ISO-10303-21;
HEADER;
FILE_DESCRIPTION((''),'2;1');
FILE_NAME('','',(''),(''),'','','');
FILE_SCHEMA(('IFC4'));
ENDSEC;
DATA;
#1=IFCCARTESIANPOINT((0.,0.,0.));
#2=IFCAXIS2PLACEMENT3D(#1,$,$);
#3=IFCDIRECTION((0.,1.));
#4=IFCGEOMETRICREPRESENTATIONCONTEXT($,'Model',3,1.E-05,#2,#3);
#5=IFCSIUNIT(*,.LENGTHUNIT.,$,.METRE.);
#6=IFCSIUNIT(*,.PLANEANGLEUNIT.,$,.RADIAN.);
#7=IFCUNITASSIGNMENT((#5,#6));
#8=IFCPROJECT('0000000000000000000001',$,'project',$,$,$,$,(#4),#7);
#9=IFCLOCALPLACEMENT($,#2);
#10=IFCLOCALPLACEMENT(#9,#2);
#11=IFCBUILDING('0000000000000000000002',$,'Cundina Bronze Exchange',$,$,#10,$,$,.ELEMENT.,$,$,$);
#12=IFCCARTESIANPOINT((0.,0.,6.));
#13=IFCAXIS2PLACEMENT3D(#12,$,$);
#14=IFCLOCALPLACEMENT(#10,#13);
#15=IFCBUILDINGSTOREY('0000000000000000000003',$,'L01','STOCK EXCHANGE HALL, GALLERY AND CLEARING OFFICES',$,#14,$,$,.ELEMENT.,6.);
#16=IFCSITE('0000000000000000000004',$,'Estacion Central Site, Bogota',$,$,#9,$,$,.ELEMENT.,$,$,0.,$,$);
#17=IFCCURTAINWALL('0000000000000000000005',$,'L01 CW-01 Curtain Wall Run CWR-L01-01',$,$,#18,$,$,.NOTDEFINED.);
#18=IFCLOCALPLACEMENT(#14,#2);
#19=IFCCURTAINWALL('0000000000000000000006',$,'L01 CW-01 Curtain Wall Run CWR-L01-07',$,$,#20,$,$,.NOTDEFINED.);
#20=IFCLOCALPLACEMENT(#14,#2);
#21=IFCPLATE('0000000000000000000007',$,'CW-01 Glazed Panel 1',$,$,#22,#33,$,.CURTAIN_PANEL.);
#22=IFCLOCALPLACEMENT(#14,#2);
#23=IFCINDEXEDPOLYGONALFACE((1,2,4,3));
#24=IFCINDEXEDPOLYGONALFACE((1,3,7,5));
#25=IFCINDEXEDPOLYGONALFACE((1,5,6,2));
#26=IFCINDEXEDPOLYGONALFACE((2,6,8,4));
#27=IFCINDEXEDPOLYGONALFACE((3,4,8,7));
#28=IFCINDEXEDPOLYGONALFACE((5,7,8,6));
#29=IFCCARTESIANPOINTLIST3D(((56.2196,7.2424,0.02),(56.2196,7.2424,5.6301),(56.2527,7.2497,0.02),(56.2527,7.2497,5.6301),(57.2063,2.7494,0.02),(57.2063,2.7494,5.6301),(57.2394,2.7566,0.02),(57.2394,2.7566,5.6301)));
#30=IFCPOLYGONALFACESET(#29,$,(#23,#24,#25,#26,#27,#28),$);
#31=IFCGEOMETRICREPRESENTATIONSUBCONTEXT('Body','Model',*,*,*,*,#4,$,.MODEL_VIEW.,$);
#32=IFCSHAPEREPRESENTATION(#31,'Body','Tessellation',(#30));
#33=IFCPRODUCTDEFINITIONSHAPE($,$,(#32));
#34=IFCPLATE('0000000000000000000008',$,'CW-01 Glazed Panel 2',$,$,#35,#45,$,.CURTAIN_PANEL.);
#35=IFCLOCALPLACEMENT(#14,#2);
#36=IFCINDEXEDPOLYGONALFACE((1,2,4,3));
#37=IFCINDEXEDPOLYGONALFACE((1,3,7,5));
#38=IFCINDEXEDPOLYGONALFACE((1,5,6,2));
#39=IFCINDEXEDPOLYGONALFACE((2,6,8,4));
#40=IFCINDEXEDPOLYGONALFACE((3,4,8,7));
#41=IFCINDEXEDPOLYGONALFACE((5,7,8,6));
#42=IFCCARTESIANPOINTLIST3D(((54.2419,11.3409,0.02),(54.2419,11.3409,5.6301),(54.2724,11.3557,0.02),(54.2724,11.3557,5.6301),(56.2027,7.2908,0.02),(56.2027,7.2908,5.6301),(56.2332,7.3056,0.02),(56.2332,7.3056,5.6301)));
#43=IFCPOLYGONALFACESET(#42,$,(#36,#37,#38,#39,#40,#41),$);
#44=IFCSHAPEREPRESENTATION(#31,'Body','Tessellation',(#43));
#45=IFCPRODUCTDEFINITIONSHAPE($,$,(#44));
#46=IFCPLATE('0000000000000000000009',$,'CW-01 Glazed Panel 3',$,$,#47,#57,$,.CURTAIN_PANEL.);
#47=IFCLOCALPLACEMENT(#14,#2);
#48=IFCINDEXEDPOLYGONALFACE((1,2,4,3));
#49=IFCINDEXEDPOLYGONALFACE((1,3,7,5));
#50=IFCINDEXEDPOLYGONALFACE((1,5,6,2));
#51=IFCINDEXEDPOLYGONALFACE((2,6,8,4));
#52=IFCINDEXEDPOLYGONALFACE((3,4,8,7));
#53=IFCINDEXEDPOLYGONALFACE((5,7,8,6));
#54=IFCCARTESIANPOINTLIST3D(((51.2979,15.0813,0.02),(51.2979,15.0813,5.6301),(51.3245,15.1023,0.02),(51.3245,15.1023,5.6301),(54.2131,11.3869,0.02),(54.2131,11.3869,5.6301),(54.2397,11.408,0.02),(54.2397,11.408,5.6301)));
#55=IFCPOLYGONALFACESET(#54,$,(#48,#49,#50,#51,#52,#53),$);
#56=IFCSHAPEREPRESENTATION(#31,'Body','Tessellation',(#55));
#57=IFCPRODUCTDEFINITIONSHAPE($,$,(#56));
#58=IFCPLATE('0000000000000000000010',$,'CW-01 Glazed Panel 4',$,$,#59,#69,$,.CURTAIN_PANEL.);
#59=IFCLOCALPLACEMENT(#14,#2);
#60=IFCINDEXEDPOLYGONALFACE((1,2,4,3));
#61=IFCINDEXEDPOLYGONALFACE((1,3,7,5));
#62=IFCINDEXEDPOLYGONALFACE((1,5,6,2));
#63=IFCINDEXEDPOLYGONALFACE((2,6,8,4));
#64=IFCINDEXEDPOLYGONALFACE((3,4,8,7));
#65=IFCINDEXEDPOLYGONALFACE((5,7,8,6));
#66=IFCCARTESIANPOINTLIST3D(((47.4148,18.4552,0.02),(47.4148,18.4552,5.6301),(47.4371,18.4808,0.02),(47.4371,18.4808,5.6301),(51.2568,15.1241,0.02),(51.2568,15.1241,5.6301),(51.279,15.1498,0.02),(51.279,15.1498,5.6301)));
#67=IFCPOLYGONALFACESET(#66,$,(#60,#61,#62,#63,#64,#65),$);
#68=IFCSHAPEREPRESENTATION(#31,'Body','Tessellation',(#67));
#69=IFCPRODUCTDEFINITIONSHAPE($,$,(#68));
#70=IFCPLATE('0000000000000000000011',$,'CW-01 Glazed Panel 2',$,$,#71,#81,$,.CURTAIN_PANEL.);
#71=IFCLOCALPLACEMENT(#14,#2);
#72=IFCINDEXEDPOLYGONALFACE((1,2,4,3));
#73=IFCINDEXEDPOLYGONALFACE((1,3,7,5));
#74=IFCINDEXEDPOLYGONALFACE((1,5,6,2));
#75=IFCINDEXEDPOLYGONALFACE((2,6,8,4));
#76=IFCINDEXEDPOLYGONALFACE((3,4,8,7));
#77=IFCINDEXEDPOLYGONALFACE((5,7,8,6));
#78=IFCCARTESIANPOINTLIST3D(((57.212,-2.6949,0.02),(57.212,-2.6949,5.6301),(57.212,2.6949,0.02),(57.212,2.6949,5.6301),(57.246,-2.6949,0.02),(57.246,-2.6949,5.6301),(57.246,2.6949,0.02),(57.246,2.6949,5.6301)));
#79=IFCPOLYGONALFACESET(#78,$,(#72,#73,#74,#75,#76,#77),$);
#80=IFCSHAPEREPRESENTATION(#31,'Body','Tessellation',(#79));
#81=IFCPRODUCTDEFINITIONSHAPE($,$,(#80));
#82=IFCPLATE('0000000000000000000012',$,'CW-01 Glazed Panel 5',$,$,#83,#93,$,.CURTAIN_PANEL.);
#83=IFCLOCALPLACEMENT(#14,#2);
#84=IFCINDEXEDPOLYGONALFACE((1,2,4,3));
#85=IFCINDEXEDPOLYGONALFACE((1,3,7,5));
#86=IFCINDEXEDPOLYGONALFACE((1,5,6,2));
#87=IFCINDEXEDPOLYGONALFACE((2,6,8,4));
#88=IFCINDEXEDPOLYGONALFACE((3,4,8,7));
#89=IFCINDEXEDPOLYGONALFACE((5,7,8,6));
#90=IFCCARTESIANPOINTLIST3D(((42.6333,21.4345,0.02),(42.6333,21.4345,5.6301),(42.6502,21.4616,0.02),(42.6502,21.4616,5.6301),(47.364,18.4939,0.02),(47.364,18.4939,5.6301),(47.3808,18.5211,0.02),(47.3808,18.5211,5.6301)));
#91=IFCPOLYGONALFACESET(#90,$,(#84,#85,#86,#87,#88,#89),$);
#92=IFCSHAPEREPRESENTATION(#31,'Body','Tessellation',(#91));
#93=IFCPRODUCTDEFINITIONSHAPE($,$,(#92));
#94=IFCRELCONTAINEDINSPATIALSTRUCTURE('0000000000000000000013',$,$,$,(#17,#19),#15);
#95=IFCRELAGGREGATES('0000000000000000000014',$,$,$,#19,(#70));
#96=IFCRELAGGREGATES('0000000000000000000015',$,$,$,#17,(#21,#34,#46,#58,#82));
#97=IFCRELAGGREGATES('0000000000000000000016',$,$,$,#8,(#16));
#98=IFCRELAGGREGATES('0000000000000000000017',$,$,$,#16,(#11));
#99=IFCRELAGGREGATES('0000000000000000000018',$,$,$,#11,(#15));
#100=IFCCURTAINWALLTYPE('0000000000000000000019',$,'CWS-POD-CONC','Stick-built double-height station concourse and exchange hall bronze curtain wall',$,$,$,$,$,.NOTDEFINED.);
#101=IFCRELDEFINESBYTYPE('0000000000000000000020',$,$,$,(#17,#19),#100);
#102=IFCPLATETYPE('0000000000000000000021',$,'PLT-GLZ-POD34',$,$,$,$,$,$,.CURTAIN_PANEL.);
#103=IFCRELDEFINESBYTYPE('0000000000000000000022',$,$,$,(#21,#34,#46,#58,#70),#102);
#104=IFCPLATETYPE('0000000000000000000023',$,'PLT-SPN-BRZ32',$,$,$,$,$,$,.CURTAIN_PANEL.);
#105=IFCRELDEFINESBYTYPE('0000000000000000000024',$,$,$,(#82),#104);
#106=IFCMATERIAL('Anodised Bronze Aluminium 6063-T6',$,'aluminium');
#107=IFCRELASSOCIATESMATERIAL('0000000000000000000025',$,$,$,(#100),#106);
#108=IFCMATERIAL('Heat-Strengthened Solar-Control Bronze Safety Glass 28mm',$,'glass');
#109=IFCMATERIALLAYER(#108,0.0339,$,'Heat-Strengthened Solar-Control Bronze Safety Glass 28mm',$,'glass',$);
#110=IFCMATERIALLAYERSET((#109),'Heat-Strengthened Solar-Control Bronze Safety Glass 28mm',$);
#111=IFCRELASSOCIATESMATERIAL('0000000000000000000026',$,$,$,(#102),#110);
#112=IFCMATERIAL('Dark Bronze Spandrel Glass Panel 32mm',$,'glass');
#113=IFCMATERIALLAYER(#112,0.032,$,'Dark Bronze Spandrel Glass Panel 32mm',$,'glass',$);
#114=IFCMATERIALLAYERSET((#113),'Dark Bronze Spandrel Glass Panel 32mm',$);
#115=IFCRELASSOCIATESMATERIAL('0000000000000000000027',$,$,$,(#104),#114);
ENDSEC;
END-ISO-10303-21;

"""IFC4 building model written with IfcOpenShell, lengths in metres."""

from ifc_helpers import new_model, si_unit, direction, frame, origin, origin_2d, place, context, subcontext, project, spatial, rectangle, extrude, material, layer, layer_set, type_object, element, aggregate, save


model = new_model("IFC4")

# Units and contexts
model_context = context("Model", 3, precision=1e-05, world=origin(), true_north=direction((0.0, 1.0)))
body_context = subcontext(model_context, "Body", "Model", "MODEL_VIEW")
ifc_project = project(units=[si_unit("LENGTHUNIT", "METRE"), si_unit("PLANEANGLEUNIT", "RADIAN")], contexts=[model_context])

# Site, building, storey
site_placement = place(None, origin())
site = spatial("IfcSite", under=ifc_project, at=site_placement, Name="Estacion Central Site, Bogota", CompositionType="ELEMENT", RefElevation=0.0)
building_placement = place(site_placement, origin())
building = spatial("IfcBuilding", under=site, at=building_placement, Name="Cundina Bronze Exchange", CompositionType="ELEMENT")
storey_placement = place(building_placement, frame((0.0, 0.0, 6.0)))
storey = spatial("IfcBuildingStorey", under=building, at=storey_placement, Name="L01", Description="STOCK EXCHANGE HALL, GALLERY AND CLEARING OFFICES", CompositionType="ELEMENT", Elevation=6.0)

# Curtain walls
ifc_material_1 = material(Name="Anodised Bronze Aluminium 6063-T6", Category="aluminium")
curtain_wall_type = type_object("IfcCurtainWallType", Name="CWS-POD-CONC", Description="Stick-built double-height station concourse and exchange hall bronze curtain wall", PredefinedType="NOTDEFINED", material=ifc_material_1)
curtain_wall_1_placement = place(storey_placement, origin())
curtain_wall_1 = element("IfcCurtainWall", 1, at=curtain_wall_1_placement, inside=storey, type_object=curtain_wall_type, Name="L01 CW-01 Curtain Wall Run CWR-L01-01", PredefinedType="NOTDEFINED")
curtain_wall_2_placement = place(storey_placement, origin())
curtain_wall_2 = element("IfcCurtainWall", 2, at=curtain_wall_2_placement, inside=storey, type_object=curtain_wall_type, Name="L01 CW-01 Curtain Wall Run CWR-L01-07", PredefinedType="NOTDEFINED")

# Plates
ifc_material_2 = material(Name="Heat-Strengthened Solar-Control Bronze Safety Glass 28mm", Category="glass")
ifc_layer_1 = layer(ifc_material_2, 0.0339, Name="Heat-Strengthened Solar-Control Bronze Safety Glass 28mm", Category="glass")
ifc_layer_set_1 = layer_set([ifc_layer_1], Name="Heat-Strengthened Solar-Control Bronze Safety Glass 28mm")
plate_type_1 = type_object("IfcPlateType", Name="PLT-GLZ-POD34", PredefinedType="CURTAIN_PANEL", material=ifc_layer_set_1)
plate_1_placement = place(storey_placement, frame((56.7295, 4.9995, 0.02), z_axis=(0.0, 0.0, 1.0), x_axis=(-0.214497, 0.976725, 0.0)))
plate_1 = element("IfcPlate", 3, at=plate_1_placement, type_object=plate_type_1, Name="CW-01 Glazed Panel 1", PredefinedType="CURTAIN_PANEL", context=body_context, shape_type="SweptSolid", body=[
    extrude(rectangle(XDim=4.6001, YDim=0.0339, at=origin_2d()), origin(), (0.0, 0.0, 1.0), 5.6101),
])
plate_2_placement = place(storey_placement, frame((55.2375, 9.3232, 0.02), z_axis=(0.0, 0.0, 1.0), x_axis=(-0.435765, 0.90006, 0.0)))
plate_2 = element("IfcPlate", 4, at=plate_2_placement, type_object=plate_type_1, Name="CW-01 Glazed Panel 2", PredefinedType="CURTAIN_PANEL", context=body_context, shape_type="SweptSolid", body=[
    extrude(rectangle(XDim=4.4998, YDim=0.0339, at=origin_2d()), origin(), (0.0, 0.0, 1.0), 5.6101),
])
plate_3_placement = place(storey_placement, frame((52.7688, 13.2446, 0.02), z_axis=(0.0, 0.0, 1.0), x_axis=(-0.619464, 0.785025, 0.0)))
plate_3 = element("IfcPlate", 5, at=plate_3_placement, type_object=plate_type_1, Name="CW-01 Glazed Panel 3", PredefinedType="CURTAIN_PANEL", context=body_context, shape_type="SweptSolid", body=[
    extrude(rectangle(XDim=4.7061, YDim=0.0339, at=origin_2d()), origin(), (0.0, 0.0, 1.0), 5.6101),
])
plate_4_placement = place(storey_placement, frame((49.3469, 16.8025, 0.02), z_axis=(0.0, 0.0, 1.0), x_axis=(-0.755556, 0.655084, 0.0)))
plate_4 = element("IfcPlate", 6, at=plate_4_placement, type_object=plate_type_1, Name="CW-01 Glazed Panel 4", PredefinedType="CURTAIN_PANEL", context=body_context, shape_type="SweptSolid", body=[
    extrude(rectangle(XDim=5.085, YDim=0.0339, at=origin_2d()), origin(), (0.0, 0.0, 1.0), 5.6101),
])
plate_5_placement = place(storey_placement, frame((57.229, 0.0, 0.02), z_axis=(0.0, 0.0, 1.0), x_axis=(0.0, 1.0, 0.0)))
plate_5 = element("IfcPlate", 7, at=plate_5_placement, type_object=plate_type_1, Name="CW-01 Glazed Panel 2", PredefinedType="CURTAIN_PANEL", context=body_context, shape_type="SweptSolid", body=[
    extrude(rectangle(XDim=5.3899, YDim=0.0339, at=origin_2d()), origin(), (0.0, 0.0, 1.0), 5.6101),
])
aggregate(curtain_wall_2, [plate_5])
ifc_material_3 = material(Name="Dark Bronze Spandrel Glass Panel 32mm", Category="glass")
ifc_layer_2 = layer(ifc_material_3, 0.032, Name="Dark Bronze Spandrel Glass Panel 32mm", Category="glass")
ifc_layer_set_2 = layer_set([ifc_layer_2], Name="Dark Bronze Spandrel Glass Panel 32mm")
plate_type_2 = type_object("IfcPlateType", Name="PLT-SPN-BRZ32", PredefinedType="CURTAIN_PANEL", material=ifc_layer_set_2)
plate_6_placement = place(storey_placement, frame((45.0071, 19.9778, 0.02), z_axis=(0.0, 0.0, 1.0), x_axis=(-0.849294, 0.52792, 0.0)))
plate_6 = element("IfcPlate", 8, at=plate_6_placement, type_object=plate_type_2, Name="CW-01 Glazed Panel 5", PredefinedType="CURTAIN_PANEL", context=body_context, shape_type="SweptSolid", body=[
    extrude(rectangle(XDim=5.5701, YDim=0.032, at=origin_2d()), origin(), (0.0, 0.0, 1.0), 5.6101),
])
aggregate(curtain_wall_1, [plate_1, plate_2, plate_3, plate_4, plate_6])

save(model, "model.ifc")
